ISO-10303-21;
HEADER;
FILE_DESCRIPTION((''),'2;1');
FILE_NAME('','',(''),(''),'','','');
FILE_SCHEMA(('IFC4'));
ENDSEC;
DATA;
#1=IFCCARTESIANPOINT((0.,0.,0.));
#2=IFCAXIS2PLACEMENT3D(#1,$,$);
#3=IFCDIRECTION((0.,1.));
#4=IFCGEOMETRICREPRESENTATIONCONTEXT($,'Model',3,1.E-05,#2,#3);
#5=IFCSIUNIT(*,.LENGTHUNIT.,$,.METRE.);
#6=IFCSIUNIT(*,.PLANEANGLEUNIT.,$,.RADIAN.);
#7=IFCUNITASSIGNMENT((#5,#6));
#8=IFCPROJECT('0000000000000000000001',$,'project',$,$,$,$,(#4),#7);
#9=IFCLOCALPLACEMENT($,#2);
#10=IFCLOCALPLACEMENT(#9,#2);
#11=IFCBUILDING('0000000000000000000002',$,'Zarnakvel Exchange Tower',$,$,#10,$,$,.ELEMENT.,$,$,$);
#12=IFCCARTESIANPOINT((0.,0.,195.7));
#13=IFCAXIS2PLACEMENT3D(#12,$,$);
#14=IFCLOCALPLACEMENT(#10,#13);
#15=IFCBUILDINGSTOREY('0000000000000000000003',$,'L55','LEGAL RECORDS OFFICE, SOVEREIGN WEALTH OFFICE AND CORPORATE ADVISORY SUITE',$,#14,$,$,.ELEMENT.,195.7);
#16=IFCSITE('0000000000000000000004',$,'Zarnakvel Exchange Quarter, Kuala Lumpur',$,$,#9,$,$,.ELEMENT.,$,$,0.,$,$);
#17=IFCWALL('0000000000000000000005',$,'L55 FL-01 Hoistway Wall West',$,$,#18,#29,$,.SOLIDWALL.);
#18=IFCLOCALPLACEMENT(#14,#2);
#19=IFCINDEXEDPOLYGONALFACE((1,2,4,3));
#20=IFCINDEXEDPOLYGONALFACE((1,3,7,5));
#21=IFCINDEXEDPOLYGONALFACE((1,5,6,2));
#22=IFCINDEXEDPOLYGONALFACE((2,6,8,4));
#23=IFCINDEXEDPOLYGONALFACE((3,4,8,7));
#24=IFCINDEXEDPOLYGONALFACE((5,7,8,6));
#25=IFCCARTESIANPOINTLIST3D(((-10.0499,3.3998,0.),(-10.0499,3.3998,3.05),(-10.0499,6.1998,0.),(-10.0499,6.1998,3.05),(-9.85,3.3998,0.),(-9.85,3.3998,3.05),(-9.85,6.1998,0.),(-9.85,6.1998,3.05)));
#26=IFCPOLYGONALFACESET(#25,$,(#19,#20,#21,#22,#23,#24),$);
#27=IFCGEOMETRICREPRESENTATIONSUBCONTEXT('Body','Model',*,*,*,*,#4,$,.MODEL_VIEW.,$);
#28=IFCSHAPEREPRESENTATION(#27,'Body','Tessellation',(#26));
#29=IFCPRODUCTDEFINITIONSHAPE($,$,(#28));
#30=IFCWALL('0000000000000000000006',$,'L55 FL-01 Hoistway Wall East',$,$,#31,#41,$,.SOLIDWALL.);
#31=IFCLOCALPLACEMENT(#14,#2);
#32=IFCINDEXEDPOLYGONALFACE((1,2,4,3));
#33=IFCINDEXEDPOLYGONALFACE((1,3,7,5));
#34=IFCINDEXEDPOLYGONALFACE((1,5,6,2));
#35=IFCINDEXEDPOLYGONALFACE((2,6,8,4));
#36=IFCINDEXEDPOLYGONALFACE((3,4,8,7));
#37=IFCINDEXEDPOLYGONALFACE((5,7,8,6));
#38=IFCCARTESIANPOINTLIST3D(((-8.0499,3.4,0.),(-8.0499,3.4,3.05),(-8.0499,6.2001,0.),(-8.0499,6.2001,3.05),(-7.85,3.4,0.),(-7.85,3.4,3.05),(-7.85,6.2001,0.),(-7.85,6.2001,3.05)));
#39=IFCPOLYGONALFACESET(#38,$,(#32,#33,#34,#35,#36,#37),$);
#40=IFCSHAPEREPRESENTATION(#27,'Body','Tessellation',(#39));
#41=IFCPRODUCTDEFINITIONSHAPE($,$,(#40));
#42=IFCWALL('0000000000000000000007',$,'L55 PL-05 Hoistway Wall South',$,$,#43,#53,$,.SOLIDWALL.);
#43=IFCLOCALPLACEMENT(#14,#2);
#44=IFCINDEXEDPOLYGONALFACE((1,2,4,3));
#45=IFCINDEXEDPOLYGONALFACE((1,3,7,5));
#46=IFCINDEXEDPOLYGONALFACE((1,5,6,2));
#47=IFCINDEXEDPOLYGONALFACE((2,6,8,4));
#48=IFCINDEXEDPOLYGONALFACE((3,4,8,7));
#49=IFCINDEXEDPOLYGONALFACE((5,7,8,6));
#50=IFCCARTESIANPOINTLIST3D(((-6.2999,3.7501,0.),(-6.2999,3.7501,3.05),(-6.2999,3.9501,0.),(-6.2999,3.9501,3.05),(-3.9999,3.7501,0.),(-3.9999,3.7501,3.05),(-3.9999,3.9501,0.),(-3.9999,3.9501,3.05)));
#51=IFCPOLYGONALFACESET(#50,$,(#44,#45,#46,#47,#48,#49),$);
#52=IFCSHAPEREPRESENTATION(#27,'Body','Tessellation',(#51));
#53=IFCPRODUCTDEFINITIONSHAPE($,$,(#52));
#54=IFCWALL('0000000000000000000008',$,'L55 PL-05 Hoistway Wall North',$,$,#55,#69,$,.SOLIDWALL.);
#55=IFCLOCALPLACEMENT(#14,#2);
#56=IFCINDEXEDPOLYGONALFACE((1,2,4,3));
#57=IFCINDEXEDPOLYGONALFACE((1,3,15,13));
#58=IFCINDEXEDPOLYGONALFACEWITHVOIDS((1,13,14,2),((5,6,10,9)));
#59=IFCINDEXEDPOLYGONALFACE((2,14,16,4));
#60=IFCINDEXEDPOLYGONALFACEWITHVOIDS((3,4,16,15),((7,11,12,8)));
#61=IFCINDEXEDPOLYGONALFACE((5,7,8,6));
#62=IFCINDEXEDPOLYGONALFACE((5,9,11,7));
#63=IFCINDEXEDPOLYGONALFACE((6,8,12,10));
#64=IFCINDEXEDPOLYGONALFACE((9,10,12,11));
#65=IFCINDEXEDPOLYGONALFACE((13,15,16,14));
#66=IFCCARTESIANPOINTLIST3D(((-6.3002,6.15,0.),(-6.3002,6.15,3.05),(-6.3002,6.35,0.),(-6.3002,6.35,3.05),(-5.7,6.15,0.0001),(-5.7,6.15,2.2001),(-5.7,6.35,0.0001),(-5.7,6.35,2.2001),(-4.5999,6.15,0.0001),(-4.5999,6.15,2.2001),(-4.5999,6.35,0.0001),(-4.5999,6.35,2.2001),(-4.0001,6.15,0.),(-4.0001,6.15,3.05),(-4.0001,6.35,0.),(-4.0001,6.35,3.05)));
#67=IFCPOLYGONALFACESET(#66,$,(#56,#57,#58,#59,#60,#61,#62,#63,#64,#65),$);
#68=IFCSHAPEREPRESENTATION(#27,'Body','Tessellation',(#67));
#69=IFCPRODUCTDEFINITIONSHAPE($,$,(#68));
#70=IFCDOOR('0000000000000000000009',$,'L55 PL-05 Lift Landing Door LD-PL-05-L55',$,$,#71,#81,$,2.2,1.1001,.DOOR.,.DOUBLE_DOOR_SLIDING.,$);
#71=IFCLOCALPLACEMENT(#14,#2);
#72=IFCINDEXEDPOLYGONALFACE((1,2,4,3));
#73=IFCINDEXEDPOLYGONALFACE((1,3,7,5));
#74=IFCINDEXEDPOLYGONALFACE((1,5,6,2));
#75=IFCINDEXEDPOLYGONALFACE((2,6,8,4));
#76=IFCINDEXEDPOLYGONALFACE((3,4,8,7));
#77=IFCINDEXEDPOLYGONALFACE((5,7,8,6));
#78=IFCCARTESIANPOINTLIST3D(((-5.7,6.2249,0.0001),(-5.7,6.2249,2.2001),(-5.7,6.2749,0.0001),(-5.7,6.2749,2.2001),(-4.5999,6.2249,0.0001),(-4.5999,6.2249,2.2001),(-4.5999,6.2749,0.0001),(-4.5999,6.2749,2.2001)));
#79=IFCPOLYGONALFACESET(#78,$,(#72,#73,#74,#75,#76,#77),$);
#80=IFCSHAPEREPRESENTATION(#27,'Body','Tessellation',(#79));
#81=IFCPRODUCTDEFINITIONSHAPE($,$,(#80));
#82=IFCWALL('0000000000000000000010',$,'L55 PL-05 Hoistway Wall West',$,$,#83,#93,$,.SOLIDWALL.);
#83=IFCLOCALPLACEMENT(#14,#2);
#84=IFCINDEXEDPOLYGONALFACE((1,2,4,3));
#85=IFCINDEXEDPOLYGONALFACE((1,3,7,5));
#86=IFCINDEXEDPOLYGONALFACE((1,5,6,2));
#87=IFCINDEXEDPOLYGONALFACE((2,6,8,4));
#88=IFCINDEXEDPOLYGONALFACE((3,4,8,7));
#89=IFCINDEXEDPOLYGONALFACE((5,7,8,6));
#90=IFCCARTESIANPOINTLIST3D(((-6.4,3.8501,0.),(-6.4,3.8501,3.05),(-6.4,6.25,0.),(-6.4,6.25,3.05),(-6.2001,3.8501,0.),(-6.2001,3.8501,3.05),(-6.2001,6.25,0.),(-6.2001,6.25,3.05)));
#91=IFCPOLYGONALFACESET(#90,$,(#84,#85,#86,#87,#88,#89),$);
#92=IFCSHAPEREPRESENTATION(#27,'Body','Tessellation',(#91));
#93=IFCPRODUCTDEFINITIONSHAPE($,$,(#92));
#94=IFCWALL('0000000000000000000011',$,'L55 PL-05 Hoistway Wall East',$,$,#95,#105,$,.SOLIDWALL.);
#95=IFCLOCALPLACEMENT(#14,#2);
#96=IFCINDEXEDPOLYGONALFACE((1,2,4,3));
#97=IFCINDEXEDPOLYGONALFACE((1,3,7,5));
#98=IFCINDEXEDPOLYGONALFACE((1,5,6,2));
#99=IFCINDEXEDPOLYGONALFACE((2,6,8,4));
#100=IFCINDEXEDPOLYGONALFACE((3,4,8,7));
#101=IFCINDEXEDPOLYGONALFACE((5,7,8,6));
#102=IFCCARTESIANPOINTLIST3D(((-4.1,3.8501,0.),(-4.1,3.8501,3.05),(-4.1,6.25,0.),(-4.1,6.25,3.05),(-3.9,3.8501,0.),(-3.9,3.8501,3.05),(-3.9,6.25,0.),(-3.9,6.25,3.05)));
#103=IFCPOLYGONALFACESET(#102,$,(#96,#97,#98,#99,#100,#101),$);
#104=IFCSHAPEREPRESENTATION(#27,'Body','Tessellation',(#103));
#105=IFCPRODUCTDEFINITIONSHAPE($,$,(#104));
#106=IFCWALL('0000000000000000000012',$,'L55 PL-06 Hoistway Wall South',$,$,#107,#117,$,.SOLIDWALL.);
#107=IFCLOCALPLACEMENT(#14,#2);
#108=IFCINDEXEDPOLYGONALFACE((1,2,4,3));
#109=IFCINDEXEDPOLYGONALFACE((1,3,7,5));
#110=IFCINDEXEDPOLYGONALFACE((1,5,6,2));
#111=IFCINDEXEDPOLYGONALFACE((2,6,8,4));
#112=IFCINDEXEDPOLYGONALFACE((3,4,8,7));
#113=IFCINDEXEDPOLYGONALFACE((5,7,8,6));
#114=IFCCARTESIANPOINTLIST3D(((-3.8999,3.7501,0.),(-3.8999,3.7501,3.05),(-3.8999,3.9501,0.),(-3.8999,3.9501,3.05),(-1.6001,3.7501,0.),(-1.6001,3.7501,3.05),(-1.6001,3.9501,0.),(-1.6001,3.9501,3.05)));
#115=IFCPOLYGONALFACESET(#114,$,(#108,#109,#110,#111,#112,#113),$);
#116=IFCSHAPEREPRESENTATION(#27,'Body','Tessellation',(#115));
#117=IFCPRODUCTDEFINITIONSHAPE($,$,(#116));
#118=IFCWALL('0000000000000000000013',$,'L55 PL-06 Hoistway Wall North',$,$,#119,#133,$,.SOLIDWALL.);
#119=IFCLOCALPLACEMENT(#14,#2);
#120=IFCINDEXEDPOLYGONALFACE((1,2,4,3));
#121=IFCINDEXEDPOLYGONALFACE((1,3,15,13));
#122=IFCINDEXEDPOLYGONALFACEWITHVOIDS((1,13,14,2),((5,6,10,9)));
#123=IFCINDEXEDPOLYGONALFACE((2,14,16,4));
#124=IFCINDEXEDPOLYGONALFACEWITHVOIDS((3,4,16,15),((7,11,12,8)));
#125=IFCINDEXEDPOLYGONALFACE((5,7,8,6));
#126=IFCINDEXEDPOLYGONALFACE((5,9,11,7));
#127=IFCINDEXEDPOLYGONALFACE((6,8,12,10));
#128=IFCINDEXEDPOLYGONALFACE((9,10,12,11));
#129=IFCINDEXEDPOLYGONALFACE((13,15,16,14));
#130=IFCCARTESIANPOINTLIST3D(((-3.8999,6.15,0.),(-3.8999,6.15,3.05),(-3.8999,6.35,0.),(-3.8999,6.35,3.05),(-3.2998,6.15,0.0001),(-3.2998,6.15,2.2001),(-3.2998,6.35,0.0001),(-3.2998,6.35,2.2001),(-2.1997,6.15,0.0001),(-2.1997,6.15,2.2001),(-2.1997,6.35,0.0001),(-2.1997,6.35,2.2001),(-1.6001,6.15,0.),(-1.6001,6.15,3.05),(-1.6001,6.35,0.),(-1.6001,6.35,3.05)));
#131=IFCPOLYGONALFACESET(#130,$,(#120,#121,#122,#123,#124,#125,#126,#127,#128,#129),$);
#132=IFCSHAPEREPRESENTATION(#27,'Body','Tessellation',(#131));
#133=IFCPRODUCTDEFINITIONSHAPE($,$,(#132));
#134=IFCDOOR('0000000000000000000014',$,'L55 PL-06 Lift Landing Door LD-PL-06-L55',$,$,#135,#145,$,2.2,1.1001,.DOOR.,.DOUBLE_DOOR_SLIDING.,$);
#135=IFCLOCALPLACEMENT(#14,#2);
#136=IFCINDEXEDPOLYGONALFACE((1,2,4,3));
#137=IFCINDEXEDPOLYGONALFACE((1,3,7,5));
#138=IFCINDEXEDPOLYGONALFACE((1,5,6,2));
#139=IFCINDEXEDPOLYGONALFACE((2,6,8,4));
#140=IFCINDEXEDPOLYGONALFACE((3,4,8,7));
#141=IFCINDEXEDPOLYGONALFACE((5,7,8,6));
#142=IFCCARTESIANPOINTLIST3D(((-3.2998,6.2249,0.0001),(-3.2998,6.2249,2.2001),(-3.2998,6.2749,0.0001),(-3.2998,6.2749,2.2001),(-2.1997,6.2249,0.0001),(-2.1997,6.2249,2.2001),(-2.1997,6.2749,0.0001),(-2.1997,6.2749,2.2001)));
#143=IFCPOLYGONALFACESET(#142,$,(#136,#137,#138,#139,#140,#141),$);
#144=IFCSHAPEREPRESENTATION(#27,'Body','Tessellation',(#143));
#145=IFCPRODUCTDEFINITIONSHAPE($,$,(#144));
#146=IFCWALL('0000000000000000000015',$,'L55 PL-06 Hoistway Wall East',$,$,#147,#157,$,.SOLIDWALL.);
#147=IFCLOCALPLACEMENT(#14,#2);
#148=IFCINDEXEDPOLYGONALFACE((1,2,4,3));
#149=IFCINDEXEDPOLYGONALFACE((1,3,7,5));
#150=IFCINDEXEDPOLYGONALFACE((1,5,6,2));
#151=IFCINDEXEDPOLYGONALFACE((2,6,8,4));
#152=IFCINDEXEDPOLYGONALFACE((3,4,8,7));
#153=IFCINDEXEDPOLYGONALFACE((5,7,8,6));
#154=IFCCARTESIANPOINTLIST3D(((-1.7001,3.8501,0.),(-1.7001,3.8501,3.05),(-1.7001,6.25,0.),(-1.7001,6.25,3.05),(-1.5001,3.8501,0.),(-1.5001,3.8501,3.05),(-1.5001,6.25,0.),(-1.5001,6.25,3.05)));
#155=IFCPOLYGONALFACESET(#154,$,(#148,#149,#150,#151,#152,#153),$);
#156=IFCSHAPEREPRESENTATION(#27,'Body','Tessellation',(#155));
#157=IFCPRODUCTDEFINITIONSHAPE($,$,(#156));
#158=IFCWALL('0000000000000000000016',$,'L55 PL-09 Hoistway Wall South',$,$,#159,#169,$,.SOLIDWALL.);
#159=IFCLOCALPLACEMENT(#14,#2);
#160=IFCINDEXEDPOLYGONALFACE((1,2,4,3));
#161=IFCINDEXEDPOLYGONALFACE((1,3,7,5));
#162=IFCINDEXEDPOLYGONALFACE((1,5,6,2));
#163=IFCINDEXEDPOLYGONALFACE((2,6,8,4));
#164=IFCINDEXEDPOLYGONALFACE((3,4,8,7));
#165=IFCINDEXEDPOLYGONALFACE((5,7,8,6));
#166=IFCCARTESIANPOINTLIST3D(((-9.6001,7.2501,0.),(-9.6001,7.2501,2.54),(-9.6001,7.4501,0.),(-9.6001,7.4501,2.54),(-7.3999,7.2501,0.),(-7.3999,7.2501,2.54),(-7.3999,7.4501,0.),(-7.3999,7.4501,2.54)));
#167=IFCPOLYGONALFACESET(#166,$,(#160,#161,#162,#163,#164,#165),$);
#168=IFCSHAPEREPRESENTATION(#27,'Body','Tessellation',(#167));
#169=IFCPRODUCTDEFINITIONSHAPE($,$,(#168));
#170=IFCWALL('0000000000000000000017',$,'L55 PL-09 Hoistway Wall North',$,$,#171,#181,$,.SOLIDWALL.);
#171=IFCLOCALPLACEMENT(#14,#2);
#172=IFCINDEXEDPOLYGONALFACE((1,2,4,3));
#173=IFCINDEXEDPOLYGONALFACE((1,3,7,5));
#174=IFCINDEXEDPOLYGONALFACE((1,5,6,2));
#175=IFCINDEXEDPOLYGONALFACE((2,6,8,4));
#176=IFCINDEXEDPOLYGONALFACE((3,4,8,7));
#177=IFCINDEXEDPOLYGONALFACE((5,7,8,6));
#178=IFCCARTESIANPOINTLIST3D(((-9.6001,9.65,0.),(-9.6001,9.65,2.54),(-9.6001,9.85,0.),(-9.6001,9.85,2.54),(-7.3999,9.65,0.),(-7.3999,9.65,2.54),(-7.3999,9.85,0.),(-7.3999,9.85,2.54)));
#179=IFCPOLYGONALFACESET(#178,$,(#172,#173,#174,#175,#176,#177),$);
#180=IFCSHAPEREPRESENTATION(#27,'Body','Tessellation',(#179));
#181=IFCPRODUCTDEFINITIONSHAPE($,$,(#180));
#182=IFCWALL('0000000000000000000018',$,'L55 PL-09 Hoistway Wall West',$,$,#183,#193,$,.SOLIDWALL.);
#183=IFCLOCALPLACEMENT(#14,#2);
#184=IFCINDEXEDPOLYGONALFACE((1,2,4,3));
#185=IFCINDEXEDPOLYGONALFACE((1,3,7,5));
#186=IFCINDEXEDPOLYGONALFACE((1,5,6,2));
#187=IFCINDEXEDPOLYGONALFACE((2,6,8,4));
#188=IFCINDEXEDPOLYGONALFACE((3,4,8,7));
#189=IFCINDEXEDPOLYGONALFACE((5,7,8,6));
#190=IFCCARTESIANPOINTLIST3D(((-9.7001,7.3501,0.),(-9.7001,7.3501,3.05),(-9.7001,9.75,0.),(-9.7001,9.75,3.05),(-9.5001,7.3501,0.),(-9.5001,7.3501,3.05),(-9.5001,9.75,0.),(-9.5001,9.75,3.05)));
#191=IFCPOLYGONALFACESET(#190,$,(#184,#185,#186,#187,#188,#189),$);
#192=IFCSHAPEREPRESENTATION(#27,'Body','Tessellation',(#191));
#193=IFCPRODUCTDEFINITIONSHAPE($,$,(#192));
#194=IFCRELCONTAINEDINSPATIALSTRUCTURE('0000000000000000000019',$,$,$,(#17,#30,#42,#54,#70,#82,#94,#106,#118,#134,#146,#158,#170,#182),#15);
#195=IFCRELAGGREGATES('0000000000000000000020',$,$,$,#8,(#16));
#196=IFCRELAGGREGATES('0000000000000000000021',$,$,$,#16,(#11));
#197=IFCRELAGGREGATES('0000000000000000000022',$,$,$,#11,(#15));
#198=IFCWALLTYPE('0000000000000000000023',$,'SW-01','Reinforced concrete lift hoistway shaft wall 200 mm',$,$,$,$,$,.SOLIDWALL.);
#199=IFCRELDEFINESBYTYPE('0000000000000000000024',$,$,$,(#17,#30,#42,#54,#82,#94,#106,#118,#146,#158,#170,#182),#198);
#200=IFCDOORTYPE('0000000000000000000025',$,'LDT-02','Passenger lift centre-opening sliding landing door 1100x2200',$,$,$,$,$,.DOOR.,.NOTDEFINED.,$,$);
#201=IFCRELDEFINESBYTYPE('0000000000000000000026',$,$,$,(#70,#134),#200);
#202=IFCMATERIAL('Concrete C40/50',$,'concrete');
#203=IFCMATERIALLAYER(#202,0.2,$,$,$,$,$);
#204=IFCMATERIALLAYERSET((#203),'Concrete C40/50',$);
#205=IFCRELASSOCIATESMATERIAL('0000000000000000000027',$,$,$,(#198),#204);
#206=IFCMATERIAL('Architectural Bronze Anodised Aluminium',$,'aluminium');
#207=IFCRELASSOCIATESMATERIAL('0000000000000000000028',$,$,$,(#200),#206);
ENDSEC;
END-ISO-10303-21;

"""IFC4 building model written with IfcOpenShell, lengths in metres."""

from ifc_helpers import new_model, si_unit, direction, frame, frame_2d, origin, place, context, subcontext, project, spatial, rectangle, extrude, source, transform, mapped, material, layer, layer_set, type_object, element, fill, save


model = new_model("IFC4")

# Units and contexts
model_context = context("Model", 3, precision=1e-05, world=origin(), true_north=direction((0.0, 1.0)))
body_context = subcontext(model_context, "Body", "Model", "MODEL_VIEW")
ifc_project = project(units=[si_unit("LENGTHUNIT", "METRE"), si_unit("PLANEANGLEUNIT", "RADIAN")], contexts=[model_context])

# Site, building, storey
site_placement = place(None, origin())
site = spatial("IfcSite", under=ifc_project, at=site_placement, Name="Zarnakvel Exchange Quarter, Kuala Lumpur", CompositionType="ELEMENT", RefElevation=0.0)
building_placement = place(site_placement, origin())
building = spatial("IfcBuilding", under=site, at=building_placement, Name="Zarnakvel Exchange Tower", CompositionType="ELEMENT")
storey_placement = place(building_placement, frame((0.0, 0.0, 195.7)))
storey = spatial("IfcBuildingStorey", under=building, at=storey_placement, Name="L55", Description="LEGAL RECORDS OFFICE, SOVEREIGN WEALTH OFFICE AND CORPORATE ADVISORY SUITE", CompositionType="ELEMENT", Elevation=195.7)

# Shared definitions
ifc_material_1 = material(Name="Concrete C40/50", Category="concrete")
ifc_layer_1 = layer(ifc_material_1, 0.2)
ifc_layer_set_1 = layer_set([ifc_layer_1], Name="Concrete C40/50")
wall_type_1 = type_object("IfcWallType", Name="SW-01", Description="Reinforced concrete lift hoistway shaft wall 200 mm", PredefinedType="SOLIDWALL", material=ifc_layer_set_1)
shared_shape_1 = source(origin(), body_context, "Body", "SweptSolid", [
    extrude(rectangle(XDim=1.1001, YDim=2.2, at=frame_2d((0.55, 1.1001))), frame((0.0, 0.0249, 0.0), z_axis=(0.0, -1.0, 0.0), x_axis=(1.0, 0.0, 0.0)), (0.0, 0.0, 1.0), 0.05),
])

# Walls
for number, where, z_axis, x_axis, name in (
    (1, (-9.95, 3.3999, 0.0), (0.0, 0.0, 1.0), (0.0, 1.0, 0.0), "L55 FL-01 Hoistway Wall West"),
    (2, (-7.95, 6.2, 0.0), (0.0, 0.0, 1.0), (0.0, -1.0, 0.0), "L55 FL-01 Hoistway Wall East"),
):
    element("IfcWall", number, at=place(storey_placement, frame(where, z_axis=z_axis, x_axis=x_axis)), inside=storey, type_object=wall_type_1, Name=name, PredefinedType="SOLIDWALL", context=body_context, shape_type="SweptSolid", body=[
        extrude(rectangle(XDim=2.8, YDim=0.2, at=frame_2d((1.3999, 0.0))), origin(), (0.0, 0.0, 1.0), 3.05),
    ])
wall_1_placement = place(storey_placement, frame((-4.0, 3.8501, 0.0), z_axis=(0.0, 0.0, 1.0), x_axis=(-1.0, 0.0, 0.0)))
element("IfcWall", 3, at=wall_1_placement, inside=storey, type_object=wall_type_1, Name="L55 PL-05 Hoistway Wall South", PredefinedType="SOLIDWALL", context=body_context, shape_type="SweptSolid", body=[
    extrude(rectangle(XDim=2.3, YDim=0.2, at=frame_2d((1.1499, 0.0))), origin(), (0.0, 0.0, 1.0), 3.05),
])

# Wall, opening, door
wall_2_placement = place(storey_placement, frame((-6.3, 6.25, 0.0), z_axis=(0.0, 0.0, 1.0), x_axis=(1.0, 0.0, 0.0)))
wall_2 = element("IfcWall", 4, at=wall_2_placement, inside=storey, type_object=wall_type_1, Name="L55 PL-05 Hoistway Wall North", PredefinedType="SOLIDWALL", context=body_context, shape_type="SweptSolid", body=[
    extrude(rectangle(XDim=2.3, YDim=0.2, at=frame_2d((1.1499, 0.0))), origin(), (0.0, 0.0, 1.0), 3.05),
])
opening_1_placement = place(wall_2_placement, frame((0.6001, 0.0, 0.0)))
opening_1 = element("IfcOpeningElement", 5, at=opening_1_placement, cuts=wall_2, PredefinedType="OPENING", context=body_context, shape_type="SweptSolid", body=[
    extrude(rectangle(XDim=1.1001, YDim=2.2, at=frame_2d((0.55, 1.1001))), frame((0.0, 0.1099, 0.0), z_axis=(0.0, -1.0, 0.0), x_axis=(1.0, 0.0, 0.0)), (0.0, 0.0, 1.0), 0.22),
])
ifc_material_2 = material(Name="Architectural Bronze Anodised Aluminium", Category="aluminium")
door_type_1 = type_object("IfcDoorType", Name="LDT-02", Description="Passenger lift centre-opening sliding landing door 1100x2200", OperationType="NOTDEFINED", PredefinedType="DOOR", material=ifc_material_2)
door_1_placement = place(opening_1_placement, origin())
door_1 = element("IfcDoor", 6, at=door_1_placement, inside=storey, type_object=door_type_1, Name="L55 PL-05 Lift Landing Door LD-PL-05-L55", OperationType="DOUBLE_DOOR_SLIDING", OverallHeight=2.2, OverallWidth=1.1001, PredefinedType="DOOR", context=body_context, shape_type="MappedRepresentation", body=[
    mapped(shared_shape_1, transform((0.0, 0.0, 0.0), x_axis=(1.0, 0.0, 0.0), y_axis=(0.0, 1.0, 0.0), z_axis=(0.0, 0.0, 1.0), scale=1.0)),
])
fill(opening_1, door_1)

# Walls
for number, where, z_axis, x_axis, name in (
    (7, (-6.3, 3.8501, 0.0), (0.0, 0.0, 1.0), (0.0, 1.0, 0.0), "L55 PL-05 Hoistway Wall West"),
    (8, (-4.0, 6.25, 0.0), (0.0, 0.0, 1.0), (0.0, -1.0, 0.0), "L55 PL-05 Hoistway Wall East"),
):
    element("IfcWall", number, at=place(storey_placement, frame(where, z_axis=z_axis, x_axis=x_axis)), inside=storey, type_object=wall_type_1, Name=name, PredefinedType="SOLIDWALL", context=body_context, shape_type="SweptSolid", body=[
        extrude(rectangle(XDim=2.3999, YDim=0.2, at=frame_2d((1.2, 0.0))), origin(), (0.0, 0.0, 1.0), 3.05),
    ])
wall_3_placement = place(storey_placement, frame((-1.6001, 3.8501, 0.0), z_axis=(0.0, 0.0, 1.0), x_axis=(-1.0, 0.0, 0.0)))
element("IfcWall", 9, at=wall_3_placement, inside=storey, type_object=wall_type_1, Name="L55 PL-06 Hoistway Wall South", PredefinedType="SOLIDWALL", context=body_context, shape_type="SweptSolid", body=[
    extrude(rectangle(XDim=2.2998, YDim=0.2, at=frame_2d((1.1499, 0.0))), origin(), (0.0, 0.0, 1.0), 3.05),
])

# Wall, opening, door
wall_4_placement = place(storey_placement, frame((-3.8999, 6.25, 0.0), z_axis=(0.0, 0.0, 1.0), x_axis=(1.0, 0.0, 0.0)))
wall_4 = element("IfcWall", 10, at=wall_4_placement, inside=storey, type_object=wall_type_1, Name="L55 PL-06 Hoistway Wall North", PredefinedType="SOLIDWALL", context=body_context, shape_type="SweptSolid", body=[
    extrude(rectangle(XDim=2.2998, YDim=0.2, at=frame_2d((1.1499, 0.0))), origin(), (0.0, 0.0, 1.0), 3.05),
])
opening_2_placement = place(wall_4_placement, frame((0.6001, 0.0, 0.0)))
opening_2 = element("IfcOpeningElement", 11, at=opening_2_placement, cuts=wall_4, PredefinedType="OPENING", context=body_context, shape_type="SweptSolid", body=[
    extrude(rectangle(XDim=1.1001, YDim=2.2, at=frame_2d((0.55, 1.1001))), frame((0.0, 0.1099, 0.0), z_axis=(0.0, -1.0, 0.0), x_axis=(1.0, 0.0, 0.0)), (0.0, 0.0, 1.0), 0.22),
])
door_2_placement = place(opening_2_placement, origin())
door_2 = element("IfcDoor", 12, at=door_2_placement, inside=storey, type_object=door_type_1, Name="L55 PL-06 Lift Landing Door LD-PL-06-L55", OperationType="DOUBLE_DOOR_SLIDING", OverallHeight=2.2, OverallWidth=1.1001, PredefinedType="DOOR", context=body_context, shape_type="MappedRepresentation", body=[
    mapped(shared_shape_1, transform((0.0, 0.0, 0.0), x_axis=(1.0, 0.0, 0.0), y_axis=(0.0, 1.0, 0.0), z_axis=(0.0, 0.0, 1.0), scale=1.0)),
])
fill(opening_2, door_2)

# Walls
wall_5_placement = place(storey_placement, frame((-1.6001, 6.25, 0.0), z_axis=(0.0, 0.0, 1.0), x_axis=(0.0, -1.0, 0.0)))
element("IfcWall", 13, at=wall_5_placement, inside=storey, type_object=wall_type_1, Name="L55 PL-06 Hoistway Wall East", PredefinedType="SOLIDWALL", context=body_context, shape_type="SweptSolid", body=[
    extrude(rectangle(XDim=2.3999, YDim=0.2, at=frame_2d((1.2, 0.0))), origin(), (0.0, 0.0, 1.0), 3.05),
])
for number, where, z_axis, x_axis, name in (
    (14, (-7.3999, 7.3501, 0.0), (0.0, 0.0, 1.0), (-1.0, 0.0, 0.0), "L55 PL-09 Hoistway Wall South"),
    (15, (-9.6001, 9.75, 0.0), (0.0, 0.0, 1.0), (1.0, 0.0, 0.0), "L55 PL-09 Hoistway Wall North"),
):
    element("IfcWall", number, at=place(storey_placement, frame(where, z_axis=z_axis, x_axis=x_axis)), inside=storey, type_object=wall_type_1, Name=name, PredefinedType="SOLIDWALL", context=body_context, shape_type="SweptSolid", body=[
        extrude(rectangle(XDim=2.2002, YDim=0.2, at=frame_2d((1.1001, 0.0))), origin(), (0.0, 0.0, 1.0), 2.54),
    ])
wall_6_placement = place(storey_placement, frame((-9.6001, 7.3501, 0.0), z_axis=(0.0, 0.0, 1.0), x_axis=(0.0, 1.0, 0.0)))
element("IfcWall", 16, at=wall_6_placement, inside=storey, type_object=wall_type_1, Name="L55 PL-09 Hoistway Wall West", PredefinedType="SOLIDWALL", context=body_context, shape_type="SweptSolid", body=[
    extrude(rectangle(XDim=2.3999, YDim=0.2, at=frame_2d((1.2, 0.0))), origin(), (0.0, 0.0, 1.0), 3.05),
])

save(model, "model.ifc")
